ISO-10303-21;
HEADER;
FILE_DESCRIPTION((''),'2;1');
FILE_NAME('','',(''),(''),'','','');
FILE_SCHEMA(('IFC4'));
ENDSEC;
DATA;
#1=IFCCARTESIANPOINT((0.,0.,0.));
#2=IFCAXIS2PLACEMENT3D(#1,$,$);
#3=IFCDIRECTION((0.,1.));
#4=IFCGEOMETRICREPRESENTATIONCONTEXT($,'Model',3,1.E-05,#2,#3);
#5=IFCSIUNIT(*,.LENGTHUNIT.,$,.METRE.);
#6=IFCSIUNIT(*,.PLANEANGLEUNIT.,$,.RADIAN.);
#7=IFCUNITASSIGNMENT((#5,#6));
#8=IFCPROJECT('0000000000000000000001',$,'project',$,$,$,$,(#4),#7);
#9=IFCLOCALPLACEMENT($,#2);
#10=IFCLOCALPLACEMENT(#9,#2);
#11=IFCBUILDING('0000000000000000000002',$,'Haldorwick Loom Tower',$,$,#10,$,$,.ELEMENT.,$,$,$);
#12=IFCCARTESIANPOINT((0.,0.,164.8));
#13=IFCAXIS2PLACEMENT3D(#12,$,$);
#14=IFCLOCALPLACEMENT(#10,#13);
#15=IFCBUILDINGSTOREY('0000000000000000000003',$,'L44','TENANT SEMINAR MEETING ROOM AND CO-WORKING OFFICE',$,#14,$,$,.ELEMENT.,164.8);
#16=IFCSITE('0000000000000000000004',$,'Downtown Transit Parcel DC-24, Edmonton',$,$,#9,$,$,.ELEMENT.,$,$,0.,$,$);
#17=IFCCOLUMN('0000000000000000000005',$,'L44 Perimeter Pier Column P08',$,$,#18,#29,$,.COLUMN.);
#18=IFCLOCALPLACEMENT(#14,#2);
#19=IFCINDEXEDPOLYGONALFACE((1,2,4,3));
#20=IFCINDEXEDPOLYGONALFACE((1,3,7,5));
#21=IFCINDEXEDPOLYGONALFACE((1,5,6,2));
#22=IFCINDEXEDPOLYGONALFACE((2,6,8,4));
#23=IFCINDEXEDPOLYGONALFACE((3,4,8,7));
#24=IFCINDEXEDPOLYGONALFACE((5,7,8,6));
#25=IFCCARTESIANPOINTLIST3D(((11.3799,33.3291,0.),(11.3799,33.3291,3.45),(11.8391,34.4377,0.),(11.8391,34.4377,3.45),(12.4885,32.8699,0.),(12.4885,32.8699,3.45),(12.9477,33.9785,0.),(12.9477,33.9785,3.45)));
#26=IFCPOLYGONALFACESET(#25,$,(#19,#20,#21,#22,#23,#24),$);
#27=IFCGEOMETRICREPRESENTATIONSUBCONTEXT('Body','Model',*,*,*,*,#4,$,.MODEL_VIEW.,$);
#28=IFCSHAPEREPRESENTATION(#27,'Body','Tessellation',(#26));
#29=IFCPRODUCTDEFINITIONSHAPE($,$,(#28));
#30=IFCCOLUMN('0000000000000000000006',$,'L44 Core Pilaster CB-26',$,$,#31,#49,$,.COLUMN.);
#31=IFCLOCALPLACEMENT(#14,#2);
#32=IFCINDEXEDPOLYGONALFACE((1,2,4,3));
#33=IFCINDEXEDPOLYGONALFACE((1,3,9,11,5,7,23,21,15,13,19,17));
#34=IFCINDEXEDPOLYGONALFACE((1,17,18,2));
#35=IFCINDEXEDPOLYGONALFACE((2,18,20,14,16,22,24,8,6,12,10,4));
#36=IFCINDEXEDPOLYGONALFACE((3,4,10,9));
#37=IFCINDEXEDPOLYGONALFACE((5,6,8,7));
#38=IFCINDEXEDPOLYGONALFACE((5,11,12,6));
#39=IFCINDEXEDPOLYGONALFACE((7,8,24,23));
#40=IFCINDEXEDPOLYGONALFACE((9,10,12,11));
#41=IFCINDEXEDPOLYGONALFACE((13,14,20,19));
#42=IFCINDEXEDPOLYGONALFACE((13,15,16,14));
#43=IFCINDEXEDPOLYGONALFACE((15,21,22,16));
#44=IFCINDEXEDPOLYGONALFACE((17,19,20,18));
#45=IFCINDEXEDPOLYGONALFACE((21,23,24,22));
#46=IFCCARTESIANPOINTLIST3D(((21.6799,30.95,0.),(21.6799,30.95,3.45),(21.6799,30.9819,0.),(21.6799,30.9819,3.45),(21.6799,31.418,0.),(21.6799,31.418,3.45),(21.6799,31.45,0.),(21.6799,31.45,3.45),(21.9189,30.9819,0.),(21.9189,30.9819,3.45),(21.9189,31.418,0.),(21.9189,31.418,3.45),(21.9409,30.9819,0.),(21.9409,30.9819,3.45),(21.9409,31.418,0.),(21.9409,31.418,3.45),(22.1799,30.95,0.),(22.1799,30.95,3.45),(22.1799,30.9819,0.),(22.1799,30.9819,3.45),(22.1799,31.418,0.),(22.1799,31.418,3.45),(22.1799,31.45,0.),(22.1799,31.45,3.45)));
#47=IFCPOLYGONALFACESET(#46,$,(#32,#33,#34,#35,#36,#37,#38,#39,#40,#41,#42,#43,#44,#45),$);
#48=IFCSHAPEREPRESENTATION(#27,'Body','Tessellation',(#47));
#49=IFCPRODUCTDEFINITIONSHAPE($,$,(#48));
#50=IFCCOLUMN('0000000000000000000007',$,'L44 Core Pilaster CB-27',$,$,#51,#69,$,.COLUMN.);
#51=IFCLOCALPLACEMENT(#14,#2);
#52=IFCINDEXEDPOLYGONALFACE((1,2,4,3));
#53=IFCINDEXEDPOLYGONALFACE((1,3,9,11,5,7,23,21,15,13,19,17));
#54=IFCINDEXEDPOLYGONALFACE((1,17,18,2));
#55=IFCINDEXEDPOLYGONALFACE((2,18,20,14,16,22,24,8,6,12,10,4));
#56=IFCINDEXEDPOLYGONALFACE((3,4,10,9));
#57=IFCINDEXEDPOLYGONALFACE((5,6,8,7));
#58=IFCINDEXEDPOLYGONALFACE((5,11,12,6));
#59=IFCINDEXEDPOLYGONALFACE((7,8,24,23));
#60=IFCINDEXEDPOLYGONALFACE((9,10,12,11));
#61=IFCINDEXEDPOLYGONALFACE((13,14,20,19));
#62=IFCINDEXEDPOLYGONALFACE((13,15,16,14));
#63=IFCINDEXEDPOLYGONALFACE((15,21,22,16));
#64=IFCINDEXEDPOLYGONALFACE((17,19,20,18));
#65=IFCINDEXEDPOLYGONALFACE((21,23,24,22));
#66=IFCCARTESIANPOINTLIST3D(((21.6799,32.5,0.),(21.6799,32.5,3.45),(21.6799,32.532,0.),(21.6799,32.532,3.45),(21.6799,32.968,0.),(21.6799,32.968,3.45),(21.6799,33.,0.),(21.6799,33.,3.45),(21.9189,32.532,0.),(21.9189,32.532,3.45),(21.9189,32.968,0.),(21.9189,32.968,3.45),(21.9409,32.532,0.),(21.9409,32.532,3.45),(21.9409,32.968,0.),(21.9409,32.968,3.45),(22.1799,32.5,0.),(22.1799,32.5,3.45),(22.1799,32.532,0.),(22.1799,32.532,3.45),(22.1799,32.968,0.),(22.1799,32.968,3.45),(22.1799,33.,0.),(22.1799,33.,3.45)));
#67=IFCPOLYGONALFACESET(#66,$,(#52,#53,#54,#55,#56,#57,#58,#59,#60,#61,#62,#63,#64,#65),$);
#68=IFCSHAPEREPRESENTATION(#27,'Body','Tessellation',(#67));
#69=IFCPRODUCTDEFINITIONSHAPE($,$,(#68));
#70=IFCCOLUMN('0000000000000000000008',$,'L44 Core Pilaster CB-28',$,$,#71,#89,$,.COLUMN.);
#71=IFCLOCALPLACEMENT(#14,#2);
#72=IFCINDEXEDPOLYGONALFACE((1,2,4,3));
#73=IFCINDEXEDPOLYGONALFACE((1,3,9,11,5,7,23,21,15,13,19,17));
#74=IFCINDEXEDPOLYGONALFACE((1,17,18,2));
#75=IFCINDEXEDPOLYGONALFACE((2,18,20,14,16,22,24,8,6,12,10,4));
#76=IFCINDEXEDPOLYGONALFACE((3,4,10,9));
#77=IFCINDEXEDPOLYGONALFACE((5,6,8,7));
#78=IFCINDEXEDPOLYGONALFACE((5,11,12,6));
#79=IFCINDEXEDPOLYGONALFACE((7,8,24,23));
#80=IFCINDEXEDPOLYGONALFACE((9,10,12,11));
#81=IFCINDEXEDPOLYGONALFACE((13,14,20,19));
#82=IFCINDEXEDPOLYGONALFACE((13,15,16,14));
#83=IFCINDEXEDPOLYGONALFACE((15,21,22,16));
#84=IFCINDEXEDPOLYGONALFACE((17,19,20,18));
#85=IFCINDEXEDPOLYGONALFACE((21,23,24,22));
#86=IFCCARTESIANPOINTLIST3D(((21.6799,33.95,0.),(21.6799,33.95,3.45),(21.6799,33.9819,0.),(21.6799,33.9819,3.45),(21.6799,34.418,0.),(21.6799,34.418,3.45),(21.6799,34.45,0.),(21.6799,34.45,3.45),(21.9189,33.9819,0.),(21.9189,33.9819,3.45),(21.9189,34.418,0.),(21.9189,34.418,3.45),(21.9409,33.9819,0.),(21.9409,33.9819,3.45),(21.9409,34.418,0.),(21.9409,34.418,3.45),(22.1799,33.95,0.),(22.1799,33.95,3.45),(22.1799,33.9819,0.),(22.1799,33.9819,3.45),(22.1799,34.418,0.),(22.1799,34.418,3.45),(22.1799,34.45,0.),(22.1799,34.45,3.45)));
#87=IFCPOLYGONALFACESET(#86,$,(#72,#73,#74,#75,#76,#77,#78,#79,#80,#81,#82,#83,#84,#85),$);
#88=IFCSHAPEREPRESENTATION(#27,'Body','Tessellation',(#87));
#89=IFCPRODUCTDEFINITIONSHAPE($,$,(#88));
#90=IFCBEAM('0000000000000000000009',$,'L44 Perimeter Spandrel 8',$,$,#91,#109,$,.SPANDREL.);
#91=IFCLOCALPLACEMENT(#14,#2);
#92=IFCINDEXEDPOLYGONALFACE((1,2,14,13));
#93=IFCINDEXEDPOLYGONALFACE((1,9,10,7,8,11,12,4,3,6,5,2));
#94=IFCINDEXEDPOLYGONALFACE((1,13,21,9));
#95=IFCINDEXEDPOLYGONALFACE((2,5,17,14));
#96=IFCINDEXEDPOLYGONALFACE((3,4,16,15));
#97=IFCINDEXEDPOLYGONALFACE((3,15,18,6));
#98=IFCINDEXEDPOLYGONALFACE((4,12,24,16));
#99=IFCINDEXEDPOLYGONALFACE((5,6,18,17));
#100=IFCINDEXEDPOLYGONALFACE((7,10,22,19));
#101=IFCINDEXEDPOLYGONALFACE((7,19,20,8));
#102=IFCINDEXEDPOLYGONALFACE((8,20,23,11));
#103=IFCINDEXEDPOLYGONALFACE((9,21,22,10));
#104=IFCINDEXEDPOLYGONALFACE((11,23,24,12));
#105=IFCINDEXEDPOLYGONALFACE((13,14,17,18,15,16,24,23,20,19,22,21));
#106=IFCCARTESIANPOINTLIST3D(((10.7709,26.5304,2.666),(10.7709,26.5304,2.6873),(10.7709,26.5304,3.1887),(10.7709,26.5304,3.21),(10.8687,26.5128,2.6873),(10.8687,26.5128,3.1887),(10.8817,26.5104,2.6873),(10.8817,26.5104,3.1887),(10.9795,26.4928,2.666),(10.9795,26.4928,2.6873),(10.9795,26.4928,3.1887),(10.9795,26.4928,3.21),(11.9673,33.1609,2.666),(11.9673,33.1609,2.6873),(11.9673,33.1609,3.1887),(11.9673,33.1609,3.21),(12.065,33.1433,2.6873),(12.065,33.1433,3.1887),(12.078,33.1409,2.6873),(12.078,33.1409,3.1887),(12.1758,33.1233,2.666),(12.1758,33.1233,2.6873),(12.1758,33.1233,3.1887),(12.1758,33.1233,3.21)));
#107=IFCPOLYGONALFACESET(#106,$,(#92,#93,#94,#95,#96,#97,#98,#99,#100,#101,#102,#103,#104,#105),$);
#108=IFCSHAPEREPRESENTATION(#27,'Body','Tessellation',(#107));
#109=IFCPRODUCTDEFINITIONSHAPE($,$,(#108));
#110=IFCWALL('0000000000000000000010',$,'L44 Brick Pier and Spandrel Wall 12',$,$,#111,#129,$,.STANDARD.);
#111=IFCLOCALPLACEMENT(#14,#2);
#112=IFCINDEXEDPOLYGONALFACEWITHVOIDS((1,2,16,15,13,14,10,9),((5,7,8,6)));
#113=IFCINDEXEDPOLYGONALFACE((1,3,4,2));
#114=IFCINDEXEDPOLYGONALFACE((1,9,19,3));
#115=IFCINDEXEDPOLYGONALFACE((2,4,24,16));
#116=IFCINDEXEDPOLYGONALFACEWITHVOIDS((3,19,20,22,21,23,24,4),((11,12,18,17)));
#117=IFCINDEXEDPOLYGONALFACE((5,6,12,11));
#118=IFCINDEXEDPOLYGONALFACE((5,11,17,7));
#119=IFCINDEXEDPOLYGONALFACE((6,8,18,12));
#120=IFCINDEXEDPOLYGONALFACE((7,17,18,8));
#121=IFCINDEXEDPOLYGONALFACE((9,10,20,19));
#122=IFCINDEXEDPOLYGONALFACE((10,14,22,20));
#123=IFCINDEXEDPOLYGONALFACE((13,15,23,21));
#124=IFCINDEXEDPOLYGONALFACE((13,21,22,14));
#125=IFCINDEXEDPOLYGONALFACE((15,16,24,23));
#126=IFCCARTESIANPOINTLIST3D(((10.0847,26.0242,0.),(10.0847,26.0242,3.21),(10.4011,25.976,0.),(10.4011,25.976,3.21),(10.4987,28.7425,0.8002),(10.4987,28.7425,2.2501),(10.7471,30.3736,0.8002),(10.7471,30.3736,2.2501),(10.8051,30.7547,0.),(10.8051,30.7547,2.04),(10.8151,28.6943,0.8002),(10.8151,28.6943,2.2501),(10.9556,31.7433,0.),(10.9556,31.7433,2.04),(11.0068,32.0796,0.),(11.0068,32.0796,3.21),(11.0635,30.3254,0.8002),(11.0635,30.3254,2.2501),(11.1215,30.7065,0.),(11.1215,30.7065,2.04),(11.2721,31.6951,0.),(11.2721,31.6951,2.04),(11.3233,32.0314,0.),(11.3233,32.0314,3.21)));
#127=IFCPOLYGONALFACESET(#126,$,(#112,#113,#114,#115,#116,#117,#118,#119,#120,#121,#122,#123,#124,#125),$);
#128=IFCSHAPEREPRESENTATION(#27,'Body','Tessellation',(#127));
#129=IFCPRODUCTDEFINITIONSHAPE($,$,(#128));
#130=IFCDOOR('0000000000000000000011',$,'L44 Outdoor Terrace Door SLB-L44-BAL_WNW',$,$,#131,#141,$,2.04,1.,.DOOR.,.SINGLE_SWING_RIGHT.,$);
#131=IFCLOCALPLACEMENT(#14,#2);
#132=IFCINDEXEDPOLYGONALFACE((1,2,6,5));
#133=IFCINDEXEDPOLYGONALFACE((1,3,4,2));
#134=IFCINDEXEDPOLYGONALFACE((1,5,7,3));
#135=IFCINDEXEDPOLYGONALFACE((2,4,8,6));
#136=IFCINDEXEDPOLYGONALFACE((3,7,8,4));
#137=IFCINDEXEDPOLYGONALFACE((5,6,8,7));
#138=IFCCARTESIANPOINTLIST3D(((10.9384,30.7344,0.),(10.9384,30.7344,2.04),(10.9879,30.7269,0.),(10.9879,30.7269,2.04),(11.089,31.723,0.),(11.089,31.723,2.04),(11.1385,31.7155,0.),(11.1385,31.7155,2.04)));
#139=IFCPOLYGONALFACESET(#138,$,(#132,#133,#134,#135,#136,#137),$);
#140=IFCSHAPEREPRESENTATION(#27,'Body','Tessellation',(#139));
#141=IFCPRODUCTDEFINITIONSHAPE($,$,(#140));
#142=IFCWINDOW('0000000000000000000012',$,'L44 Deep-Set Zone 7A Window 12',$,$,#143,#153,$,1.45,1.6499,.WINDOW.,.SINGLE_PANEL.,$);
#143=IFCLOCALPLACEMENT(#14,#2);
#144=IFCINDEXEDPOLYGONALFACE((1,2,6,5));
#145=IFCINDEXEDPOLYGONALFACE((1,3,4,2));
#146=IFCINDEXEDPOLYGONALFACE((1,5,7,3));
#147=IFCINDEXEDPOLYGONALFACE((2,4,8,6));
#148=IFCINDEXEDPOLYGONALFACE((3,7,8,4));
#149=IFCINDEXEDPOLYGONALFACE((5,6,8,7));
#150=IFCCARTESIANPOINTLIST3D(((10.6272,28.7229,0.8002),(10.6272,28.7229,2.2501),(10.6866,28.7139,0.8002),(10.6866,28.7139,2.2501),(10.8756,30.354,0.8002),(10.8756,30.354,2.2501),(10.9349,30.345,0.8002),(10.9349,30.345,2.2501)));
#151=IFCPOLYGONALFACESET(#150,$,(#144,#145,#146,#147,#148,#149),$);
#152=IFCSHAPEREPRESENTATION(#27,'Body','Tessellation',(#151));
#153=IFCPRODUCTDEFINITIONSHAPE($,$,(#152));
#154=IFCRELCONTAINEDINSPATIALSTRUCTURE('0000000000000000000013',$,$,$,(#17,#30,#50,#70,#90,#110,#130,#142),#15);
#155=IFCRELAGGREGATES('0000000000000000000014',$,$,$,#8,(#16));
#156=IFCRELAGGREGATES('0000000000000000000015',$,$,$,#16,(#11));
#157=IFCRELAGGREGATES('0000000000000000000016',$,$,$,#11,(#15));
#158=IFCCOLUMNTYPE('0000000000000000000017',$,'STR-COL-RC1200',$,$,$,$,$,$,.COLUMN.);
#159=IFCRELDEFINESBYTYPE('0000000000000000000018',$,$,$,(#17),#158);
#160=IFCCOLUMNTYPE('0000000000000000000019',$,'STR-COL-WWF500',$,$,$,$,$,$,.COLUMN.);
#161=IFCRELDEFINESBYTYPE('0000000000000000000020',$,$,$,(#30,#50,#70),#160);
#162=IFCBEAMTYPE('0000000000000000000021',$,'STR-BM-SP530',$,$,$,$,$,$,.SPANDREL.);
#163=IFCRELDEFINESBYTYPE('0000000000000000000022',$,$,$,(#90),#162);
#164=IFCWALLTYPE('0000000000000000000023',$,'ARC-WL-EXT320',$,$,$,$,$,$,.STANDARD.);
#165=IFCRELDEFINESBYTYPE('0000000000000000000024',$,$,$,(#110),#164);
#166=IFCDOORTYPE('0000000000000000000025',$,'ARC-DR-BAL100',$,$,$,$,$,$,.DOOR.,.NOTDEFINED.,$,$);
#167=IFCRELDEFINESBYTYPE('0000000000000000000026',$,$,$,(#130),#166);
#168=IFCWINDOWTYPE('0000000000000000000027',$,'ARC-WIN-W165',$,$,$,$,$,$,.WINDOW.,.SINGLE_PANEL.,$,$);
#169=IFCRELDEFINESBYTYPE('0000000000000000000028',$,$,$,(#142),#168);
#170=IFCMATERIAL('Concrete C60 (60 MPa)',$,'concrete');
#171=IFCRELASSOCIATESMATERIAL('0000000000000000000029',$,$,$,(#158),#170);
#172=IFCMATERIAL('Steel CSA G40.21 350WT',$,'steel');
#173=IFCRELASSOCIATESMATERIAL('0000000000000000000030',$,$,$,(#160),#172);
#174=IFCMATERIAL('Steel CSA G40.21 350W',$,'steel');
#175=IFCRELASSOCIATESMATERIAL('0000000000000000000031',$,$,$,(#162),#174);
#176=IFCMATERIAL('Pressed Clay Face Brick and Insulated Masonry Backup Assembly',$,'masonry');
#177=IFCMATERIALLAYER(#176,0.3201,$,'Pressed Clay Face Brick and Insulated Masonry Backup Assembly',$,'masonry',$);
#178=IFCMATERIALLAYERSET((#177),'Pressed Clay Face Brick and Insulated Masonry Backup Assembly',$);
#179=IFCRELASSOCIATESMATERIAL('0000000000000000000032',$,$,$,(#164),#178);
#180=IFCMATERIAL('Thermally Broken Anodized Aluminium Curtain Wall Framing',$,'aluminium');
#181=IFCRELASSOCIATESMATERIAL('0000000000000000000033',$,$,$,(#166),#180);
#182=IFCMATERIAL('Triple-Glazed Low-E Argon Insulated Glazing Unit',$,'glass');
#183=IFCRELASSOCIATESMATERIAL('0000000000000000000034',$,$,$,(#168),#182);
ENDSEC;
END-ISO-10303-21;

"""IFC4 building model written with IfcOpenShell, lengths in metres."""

from ifc_helpers import new_model, si_unit, direction, frame, frame_2d, origin, origin_2d, place, context, subcontext, project, spatial, rectangle, i_section, extrude, material, layer, layer_set, material_profile, profile_set, type_object, element, fill, save


model = new_model("IFC4")

# Units and contexts
model_context = context("Model", 3, precision=1e-05, world=origin(), true_north=direction((0.0, 1.0)))
body_context = subcontext(model_context, "Body", "Model", "MODEL_VIEW")
ifc_project = project(units=[si_unit("LENGTHUNIT", "METRE"), si_unit("PLANEANGLEUNIT", "RADIAN")], contexts=[model_context])

# Site, building, storey
site_placement = place(None, origin())
site = spatial("IfcSite", under=ifc_project, at=site_placement, Name="Downtown Transit Parcel DC-24, Edmonton", CompositionType="ELEMENT", RefElevation=0.0)
building_placement = place(site_placement, origin())
building = spatial("IfcBuilding", under=site, at=building_placement, Name="Haldorwick Loom Tower", CompositionType="ELEMENT")
storey_placement = place(building_placement, frame((0.0, 0.0, 164.8)))
storey = spatial("IfcBuildingStorey", under=building, at=storey_placement, Name="L44", Description="TENANT SEMINAR MEETING ROOM AND CO-WORKING OFFICE", CompositionType="ELEMENT", Elevation=164.8)

# Columns
ifc_material_1 = material(Name="Concrete C60 (60 MPa)", Category="concrete")
ifc_material_profile_1 = material_profile(ifc_material_1, rectangle(XDim=1.2, YDim=1.2, at=origin_2d()), Name="RC1200X1200", Category="concrete")
ifc_profile_set_1 = profile_set([ifc_material_profile_1], Name="Concrete C60 (60 MPa)")
column_type_1 = type_object("IfcColumnType", Name="STR-COL-RC1200", PredefinedType="COLUMN", material=ifc_profile_set_1)
column_placement = place(storey_placement, frame((12.1638, 33.6538, 0.0), z_axis=(0.0, 0.0, 1.0), x_axis=(-0.92388, 0.382683, 0.0)))
element("IfcColumn", 1, at=column_placement, inside=storey, type_object=column_type_1, Name="L44 Perimeter Pier Column P08", PredefinedType="COLUMN", context=body_context, shape_type="SweptSolid", body=[
    extrude(rectangle(XDim=1.2, YDim=1.2, at=origin_2d()), origin(), (0.0, 0.0, 1.0), 3.45),
])
ifc_material_2 = material(Name="Steel CSA G40.21 350WT", Category="steel")
ifc_material_profile_2 = material_profile(ifc_material_2, i_section(OverallWidth=0.5, OverallDepth=0.5, WebThickness=0.022, FlangeThickness=0.032, at=origin_2d()), Name="WWF500X500", Category="steel")
ifc_profile_set_2 = profile_set([ifc_material_profile_2], Name="Steel CSA G40.21 350WT")
column_type_2 = type_object("IfcColumnType", Name="STR-COL-WWF500", PredefinedType="COLUMN", material=ifc_profile_set_2)
for number, where, z_axis, x_axis, name in (
    (2, (21.9299, 31.2, 0.0), (0.0, 0.0, 1.0), (1.0, 0.0, 0.0), "L44 Core Pilaster CB-26"),
    (3, (21.9299, 32.75, 0.0), (0.0, 0.0, 1.0), (1.0, 0.0, 0.0), "L44 Core Pilaster CB-27"),
    (4, (21.9299, 34.2, 0.0), (0.0, 0.0, 1.0), (1.0, 0.0, 0.0), "L44 Core Pilaster CB-28"),
):
    element("IfcColumn", number, at=place(storey_placement, frame(where, z_axis=z_axis, x_axis=x_axis)), inside=storey, type_object=column_type_2, Name=name, PredefinedType="COLUMN", context=body_context, shape_type="SweptSolid", body=[
        extrude(i_section(OverallWidth=0.5, OverallDepth=0.5, WebThickness=0.022, FlangeThickness=0.032, at=origin_2d()), origin(), (0.0, 0.0, 1.0), 3.45),
    ])

# Beam
ifc_material_3 = material(Name="Steel CSA G40.21 350W", Category="steel")
ifc_material_profile_3 = material_profile(ifc_material_3, i_section(OverallWidth=0.2119, OverallDepth=0.5439, WebThickness=0.0132, FlangeThickness=0.0212, at=origin_2d()), Name="W530X123", Category="steel")
ifc_profile_set_3 = profile_set([ifc_material_profile_3], Name="Steel CSA G40.21 350W")
beam_type = type_object("IfcBeamType", Name="STR-BM-SP530", PredefinedType="SPANDREL", material=ifc_profile_set_3)
beam_placement = place(storey_placement, frame((12.0715, 33.1421, 2.938), z_axis=(-0.177559, -0.98411, 0.0), x_axis=(0.98411, -0.177559, 0.0)))
element("IfcBeam", 5, at=beam_placement, inside=storey, type_object=beam_type, Name="L44 Perimeter Spandrel 8", PredefinedType="SPANDREL", context=body_context, shape_type="SweptSolid", body=[
    extrude(i_section(OverallWidth=0.2119, OverallDepth=0.5439, WebThickness=0.0132, FlangeThickness=0.0212, at=origin_2d()), origin(), (0.0, 0.0, 1.0), 6.7375),
])

# Wall, openings, door, window
ifc_material_4 = material(Name="Pressed Clay Face Brick and Insulated Masonry Backup Assembly", Category="masonry")
ifc_layer_1 = layer(ifc_material_4, 0.3201, Name="Pressed Clay Face Brick and Insulated Masonry Backup Assembly", Category="masonry")
ifc_layer_set_1 = layer_set([ifc_layer_1], Name="Pressed Clay Face Brick and Insulated Masonry Backup Assembly")
wall_type_1 = type_object("IfcWallType", Name="ARC-WL-EXT320", PredefinedType="STANDARD", material=ifc_layer_set_1)
wall_1_placement = place(storey_placement, frame((11.165, 32.0554, 0.0), z_axis=(0.0, 0.0, 1.0), x_axis=(-0.150544, -0.988603, 0.0)))
wall_1 = element("IfcWall", 6, at=wall_1_placement, inside=storey, type_object=wall_type_1, Name="L44 Brick Pier and Spandrel Wall 12", PredefinedType="STANDARD", context=body_context, shape_type="SweptSolid", body=[
    extrude(rectangle(XDim=6.1252, YDim=0.3201, at=frame_2d((3.0625, 0.0))), origin(), (0.0, 0.0, 1.0), 3.21),
])
opening_1_placement = place(wall_1_placement, frame((0.3401, 0.0, 0.0)))
opening_1 = element("IfcOpeningElement", 7, at=opening_1_placement, cuts=wall_1, PredefinedType="OPENING", context=body_context, shape_type="SweptSolid", body=[
    extrude(rectangle(XDim=1.0, YDim=2.04, at=frame_2d((0.5, 1.02))), frame((0.0, 0.1699, 0.0), z_axis=(0.0, -1.0, 0.0), x_axis=(1.0, 0.0, 0.0)), (0.0, 0.0, 1.0), 0.3401),
])
opening_2_placement = place(wall_1_placement, frame((1.7256, 0.0, 0.8)))
opening_2 = element("IfcOpeningElement", 8, at=opening_2_placement, cuts=wall_1, PredefinedType="OPENING", context=body_context, shape_type="SweptSolid", body=[
    extrude(rectangle(XDim=1.6499, YDim=1.45, at=frame_2d((0.825, 0.7251))), frame((0.0, 0.1699, 0.0), z_axis=(0.0, -1.0, 0.0), x_axis=(1.0, 0.0, 0.0)), (0.0, 0.0, 1.0), 0.3401),
])
ifc_material_5 = material(Name="Thermally Broken Anodized Aluminium Curtain Wall Framing", Category="aluminium")
door_type_1 = type_object("IfcDoorType", Name="ARC-DR-BAL100", OperationType="NOTDEFINED", PredefinedType="DOOR", material=ifc_material_5)
door_1_placement = place(opening_1_placement, origin())
door_1 = element("IfcDoor", 9, at=door_1_placement, inside=storey, type_object=door_type_1, Name="L44 Outdoor Terrace Door SLB-L44-BAL_WNW", OperationType="SINGLE_SWING_RIGHT", OverallHeight=2.04, OverallWidth=1.0, PredefinedType="DOOR", context=body_context, shape_type="SweptSolid", body=[
    extrude(rectangle(XDim=1.0, YDim=2.04, at=frame_2d((0.5, 1.02))), frame((0.0, 0.0249, 0.0), z_axis=(0.0, -1.0, 0.0), x_axis=(1.0, 0.0, 0.0)), (0.0, 0.0, 1.0), 0.05),
])
fill(opening_1, door_1)
ifc_material_6 = material(Name="Triple-Glazed Low-E Argon Insulated Glazing Unit", Category="glass")
window_type = type_object("IfcWindowType", Name="ARC-WIN-W165", PartitioningType="SINGLE_PANEL", PredefinedType="WINDOW", material=ifc_material_6)
window_placement = place(opening_2_placement, origin())
window = element("IfcWindow", 10, at=window_placement, inside=storey, type_object=window_type, Name="L44 Deep-Set Zone 7A Window 12", OverallHeight=1.45, OverallWidth=1.6499, PartitioningType="SINGLE_PANEL", PredefinedType="WINDOW", context=body_context, shape_type="SweptSolid", body=[
    extrude(rectangle(XDim=1.6499, YDim=1.45, at=frame_2d((0.825, 0.7251))), frame((0.0, 0.03, 0.0), z_axis=(0.0, -1.0, 0.0), x_axis=(1.0, 0.0, 0.0)), (0.0, 0.0, 1.0), 0.0601),
])
fill(opening_2, window)

save(model, "model.ifc")
